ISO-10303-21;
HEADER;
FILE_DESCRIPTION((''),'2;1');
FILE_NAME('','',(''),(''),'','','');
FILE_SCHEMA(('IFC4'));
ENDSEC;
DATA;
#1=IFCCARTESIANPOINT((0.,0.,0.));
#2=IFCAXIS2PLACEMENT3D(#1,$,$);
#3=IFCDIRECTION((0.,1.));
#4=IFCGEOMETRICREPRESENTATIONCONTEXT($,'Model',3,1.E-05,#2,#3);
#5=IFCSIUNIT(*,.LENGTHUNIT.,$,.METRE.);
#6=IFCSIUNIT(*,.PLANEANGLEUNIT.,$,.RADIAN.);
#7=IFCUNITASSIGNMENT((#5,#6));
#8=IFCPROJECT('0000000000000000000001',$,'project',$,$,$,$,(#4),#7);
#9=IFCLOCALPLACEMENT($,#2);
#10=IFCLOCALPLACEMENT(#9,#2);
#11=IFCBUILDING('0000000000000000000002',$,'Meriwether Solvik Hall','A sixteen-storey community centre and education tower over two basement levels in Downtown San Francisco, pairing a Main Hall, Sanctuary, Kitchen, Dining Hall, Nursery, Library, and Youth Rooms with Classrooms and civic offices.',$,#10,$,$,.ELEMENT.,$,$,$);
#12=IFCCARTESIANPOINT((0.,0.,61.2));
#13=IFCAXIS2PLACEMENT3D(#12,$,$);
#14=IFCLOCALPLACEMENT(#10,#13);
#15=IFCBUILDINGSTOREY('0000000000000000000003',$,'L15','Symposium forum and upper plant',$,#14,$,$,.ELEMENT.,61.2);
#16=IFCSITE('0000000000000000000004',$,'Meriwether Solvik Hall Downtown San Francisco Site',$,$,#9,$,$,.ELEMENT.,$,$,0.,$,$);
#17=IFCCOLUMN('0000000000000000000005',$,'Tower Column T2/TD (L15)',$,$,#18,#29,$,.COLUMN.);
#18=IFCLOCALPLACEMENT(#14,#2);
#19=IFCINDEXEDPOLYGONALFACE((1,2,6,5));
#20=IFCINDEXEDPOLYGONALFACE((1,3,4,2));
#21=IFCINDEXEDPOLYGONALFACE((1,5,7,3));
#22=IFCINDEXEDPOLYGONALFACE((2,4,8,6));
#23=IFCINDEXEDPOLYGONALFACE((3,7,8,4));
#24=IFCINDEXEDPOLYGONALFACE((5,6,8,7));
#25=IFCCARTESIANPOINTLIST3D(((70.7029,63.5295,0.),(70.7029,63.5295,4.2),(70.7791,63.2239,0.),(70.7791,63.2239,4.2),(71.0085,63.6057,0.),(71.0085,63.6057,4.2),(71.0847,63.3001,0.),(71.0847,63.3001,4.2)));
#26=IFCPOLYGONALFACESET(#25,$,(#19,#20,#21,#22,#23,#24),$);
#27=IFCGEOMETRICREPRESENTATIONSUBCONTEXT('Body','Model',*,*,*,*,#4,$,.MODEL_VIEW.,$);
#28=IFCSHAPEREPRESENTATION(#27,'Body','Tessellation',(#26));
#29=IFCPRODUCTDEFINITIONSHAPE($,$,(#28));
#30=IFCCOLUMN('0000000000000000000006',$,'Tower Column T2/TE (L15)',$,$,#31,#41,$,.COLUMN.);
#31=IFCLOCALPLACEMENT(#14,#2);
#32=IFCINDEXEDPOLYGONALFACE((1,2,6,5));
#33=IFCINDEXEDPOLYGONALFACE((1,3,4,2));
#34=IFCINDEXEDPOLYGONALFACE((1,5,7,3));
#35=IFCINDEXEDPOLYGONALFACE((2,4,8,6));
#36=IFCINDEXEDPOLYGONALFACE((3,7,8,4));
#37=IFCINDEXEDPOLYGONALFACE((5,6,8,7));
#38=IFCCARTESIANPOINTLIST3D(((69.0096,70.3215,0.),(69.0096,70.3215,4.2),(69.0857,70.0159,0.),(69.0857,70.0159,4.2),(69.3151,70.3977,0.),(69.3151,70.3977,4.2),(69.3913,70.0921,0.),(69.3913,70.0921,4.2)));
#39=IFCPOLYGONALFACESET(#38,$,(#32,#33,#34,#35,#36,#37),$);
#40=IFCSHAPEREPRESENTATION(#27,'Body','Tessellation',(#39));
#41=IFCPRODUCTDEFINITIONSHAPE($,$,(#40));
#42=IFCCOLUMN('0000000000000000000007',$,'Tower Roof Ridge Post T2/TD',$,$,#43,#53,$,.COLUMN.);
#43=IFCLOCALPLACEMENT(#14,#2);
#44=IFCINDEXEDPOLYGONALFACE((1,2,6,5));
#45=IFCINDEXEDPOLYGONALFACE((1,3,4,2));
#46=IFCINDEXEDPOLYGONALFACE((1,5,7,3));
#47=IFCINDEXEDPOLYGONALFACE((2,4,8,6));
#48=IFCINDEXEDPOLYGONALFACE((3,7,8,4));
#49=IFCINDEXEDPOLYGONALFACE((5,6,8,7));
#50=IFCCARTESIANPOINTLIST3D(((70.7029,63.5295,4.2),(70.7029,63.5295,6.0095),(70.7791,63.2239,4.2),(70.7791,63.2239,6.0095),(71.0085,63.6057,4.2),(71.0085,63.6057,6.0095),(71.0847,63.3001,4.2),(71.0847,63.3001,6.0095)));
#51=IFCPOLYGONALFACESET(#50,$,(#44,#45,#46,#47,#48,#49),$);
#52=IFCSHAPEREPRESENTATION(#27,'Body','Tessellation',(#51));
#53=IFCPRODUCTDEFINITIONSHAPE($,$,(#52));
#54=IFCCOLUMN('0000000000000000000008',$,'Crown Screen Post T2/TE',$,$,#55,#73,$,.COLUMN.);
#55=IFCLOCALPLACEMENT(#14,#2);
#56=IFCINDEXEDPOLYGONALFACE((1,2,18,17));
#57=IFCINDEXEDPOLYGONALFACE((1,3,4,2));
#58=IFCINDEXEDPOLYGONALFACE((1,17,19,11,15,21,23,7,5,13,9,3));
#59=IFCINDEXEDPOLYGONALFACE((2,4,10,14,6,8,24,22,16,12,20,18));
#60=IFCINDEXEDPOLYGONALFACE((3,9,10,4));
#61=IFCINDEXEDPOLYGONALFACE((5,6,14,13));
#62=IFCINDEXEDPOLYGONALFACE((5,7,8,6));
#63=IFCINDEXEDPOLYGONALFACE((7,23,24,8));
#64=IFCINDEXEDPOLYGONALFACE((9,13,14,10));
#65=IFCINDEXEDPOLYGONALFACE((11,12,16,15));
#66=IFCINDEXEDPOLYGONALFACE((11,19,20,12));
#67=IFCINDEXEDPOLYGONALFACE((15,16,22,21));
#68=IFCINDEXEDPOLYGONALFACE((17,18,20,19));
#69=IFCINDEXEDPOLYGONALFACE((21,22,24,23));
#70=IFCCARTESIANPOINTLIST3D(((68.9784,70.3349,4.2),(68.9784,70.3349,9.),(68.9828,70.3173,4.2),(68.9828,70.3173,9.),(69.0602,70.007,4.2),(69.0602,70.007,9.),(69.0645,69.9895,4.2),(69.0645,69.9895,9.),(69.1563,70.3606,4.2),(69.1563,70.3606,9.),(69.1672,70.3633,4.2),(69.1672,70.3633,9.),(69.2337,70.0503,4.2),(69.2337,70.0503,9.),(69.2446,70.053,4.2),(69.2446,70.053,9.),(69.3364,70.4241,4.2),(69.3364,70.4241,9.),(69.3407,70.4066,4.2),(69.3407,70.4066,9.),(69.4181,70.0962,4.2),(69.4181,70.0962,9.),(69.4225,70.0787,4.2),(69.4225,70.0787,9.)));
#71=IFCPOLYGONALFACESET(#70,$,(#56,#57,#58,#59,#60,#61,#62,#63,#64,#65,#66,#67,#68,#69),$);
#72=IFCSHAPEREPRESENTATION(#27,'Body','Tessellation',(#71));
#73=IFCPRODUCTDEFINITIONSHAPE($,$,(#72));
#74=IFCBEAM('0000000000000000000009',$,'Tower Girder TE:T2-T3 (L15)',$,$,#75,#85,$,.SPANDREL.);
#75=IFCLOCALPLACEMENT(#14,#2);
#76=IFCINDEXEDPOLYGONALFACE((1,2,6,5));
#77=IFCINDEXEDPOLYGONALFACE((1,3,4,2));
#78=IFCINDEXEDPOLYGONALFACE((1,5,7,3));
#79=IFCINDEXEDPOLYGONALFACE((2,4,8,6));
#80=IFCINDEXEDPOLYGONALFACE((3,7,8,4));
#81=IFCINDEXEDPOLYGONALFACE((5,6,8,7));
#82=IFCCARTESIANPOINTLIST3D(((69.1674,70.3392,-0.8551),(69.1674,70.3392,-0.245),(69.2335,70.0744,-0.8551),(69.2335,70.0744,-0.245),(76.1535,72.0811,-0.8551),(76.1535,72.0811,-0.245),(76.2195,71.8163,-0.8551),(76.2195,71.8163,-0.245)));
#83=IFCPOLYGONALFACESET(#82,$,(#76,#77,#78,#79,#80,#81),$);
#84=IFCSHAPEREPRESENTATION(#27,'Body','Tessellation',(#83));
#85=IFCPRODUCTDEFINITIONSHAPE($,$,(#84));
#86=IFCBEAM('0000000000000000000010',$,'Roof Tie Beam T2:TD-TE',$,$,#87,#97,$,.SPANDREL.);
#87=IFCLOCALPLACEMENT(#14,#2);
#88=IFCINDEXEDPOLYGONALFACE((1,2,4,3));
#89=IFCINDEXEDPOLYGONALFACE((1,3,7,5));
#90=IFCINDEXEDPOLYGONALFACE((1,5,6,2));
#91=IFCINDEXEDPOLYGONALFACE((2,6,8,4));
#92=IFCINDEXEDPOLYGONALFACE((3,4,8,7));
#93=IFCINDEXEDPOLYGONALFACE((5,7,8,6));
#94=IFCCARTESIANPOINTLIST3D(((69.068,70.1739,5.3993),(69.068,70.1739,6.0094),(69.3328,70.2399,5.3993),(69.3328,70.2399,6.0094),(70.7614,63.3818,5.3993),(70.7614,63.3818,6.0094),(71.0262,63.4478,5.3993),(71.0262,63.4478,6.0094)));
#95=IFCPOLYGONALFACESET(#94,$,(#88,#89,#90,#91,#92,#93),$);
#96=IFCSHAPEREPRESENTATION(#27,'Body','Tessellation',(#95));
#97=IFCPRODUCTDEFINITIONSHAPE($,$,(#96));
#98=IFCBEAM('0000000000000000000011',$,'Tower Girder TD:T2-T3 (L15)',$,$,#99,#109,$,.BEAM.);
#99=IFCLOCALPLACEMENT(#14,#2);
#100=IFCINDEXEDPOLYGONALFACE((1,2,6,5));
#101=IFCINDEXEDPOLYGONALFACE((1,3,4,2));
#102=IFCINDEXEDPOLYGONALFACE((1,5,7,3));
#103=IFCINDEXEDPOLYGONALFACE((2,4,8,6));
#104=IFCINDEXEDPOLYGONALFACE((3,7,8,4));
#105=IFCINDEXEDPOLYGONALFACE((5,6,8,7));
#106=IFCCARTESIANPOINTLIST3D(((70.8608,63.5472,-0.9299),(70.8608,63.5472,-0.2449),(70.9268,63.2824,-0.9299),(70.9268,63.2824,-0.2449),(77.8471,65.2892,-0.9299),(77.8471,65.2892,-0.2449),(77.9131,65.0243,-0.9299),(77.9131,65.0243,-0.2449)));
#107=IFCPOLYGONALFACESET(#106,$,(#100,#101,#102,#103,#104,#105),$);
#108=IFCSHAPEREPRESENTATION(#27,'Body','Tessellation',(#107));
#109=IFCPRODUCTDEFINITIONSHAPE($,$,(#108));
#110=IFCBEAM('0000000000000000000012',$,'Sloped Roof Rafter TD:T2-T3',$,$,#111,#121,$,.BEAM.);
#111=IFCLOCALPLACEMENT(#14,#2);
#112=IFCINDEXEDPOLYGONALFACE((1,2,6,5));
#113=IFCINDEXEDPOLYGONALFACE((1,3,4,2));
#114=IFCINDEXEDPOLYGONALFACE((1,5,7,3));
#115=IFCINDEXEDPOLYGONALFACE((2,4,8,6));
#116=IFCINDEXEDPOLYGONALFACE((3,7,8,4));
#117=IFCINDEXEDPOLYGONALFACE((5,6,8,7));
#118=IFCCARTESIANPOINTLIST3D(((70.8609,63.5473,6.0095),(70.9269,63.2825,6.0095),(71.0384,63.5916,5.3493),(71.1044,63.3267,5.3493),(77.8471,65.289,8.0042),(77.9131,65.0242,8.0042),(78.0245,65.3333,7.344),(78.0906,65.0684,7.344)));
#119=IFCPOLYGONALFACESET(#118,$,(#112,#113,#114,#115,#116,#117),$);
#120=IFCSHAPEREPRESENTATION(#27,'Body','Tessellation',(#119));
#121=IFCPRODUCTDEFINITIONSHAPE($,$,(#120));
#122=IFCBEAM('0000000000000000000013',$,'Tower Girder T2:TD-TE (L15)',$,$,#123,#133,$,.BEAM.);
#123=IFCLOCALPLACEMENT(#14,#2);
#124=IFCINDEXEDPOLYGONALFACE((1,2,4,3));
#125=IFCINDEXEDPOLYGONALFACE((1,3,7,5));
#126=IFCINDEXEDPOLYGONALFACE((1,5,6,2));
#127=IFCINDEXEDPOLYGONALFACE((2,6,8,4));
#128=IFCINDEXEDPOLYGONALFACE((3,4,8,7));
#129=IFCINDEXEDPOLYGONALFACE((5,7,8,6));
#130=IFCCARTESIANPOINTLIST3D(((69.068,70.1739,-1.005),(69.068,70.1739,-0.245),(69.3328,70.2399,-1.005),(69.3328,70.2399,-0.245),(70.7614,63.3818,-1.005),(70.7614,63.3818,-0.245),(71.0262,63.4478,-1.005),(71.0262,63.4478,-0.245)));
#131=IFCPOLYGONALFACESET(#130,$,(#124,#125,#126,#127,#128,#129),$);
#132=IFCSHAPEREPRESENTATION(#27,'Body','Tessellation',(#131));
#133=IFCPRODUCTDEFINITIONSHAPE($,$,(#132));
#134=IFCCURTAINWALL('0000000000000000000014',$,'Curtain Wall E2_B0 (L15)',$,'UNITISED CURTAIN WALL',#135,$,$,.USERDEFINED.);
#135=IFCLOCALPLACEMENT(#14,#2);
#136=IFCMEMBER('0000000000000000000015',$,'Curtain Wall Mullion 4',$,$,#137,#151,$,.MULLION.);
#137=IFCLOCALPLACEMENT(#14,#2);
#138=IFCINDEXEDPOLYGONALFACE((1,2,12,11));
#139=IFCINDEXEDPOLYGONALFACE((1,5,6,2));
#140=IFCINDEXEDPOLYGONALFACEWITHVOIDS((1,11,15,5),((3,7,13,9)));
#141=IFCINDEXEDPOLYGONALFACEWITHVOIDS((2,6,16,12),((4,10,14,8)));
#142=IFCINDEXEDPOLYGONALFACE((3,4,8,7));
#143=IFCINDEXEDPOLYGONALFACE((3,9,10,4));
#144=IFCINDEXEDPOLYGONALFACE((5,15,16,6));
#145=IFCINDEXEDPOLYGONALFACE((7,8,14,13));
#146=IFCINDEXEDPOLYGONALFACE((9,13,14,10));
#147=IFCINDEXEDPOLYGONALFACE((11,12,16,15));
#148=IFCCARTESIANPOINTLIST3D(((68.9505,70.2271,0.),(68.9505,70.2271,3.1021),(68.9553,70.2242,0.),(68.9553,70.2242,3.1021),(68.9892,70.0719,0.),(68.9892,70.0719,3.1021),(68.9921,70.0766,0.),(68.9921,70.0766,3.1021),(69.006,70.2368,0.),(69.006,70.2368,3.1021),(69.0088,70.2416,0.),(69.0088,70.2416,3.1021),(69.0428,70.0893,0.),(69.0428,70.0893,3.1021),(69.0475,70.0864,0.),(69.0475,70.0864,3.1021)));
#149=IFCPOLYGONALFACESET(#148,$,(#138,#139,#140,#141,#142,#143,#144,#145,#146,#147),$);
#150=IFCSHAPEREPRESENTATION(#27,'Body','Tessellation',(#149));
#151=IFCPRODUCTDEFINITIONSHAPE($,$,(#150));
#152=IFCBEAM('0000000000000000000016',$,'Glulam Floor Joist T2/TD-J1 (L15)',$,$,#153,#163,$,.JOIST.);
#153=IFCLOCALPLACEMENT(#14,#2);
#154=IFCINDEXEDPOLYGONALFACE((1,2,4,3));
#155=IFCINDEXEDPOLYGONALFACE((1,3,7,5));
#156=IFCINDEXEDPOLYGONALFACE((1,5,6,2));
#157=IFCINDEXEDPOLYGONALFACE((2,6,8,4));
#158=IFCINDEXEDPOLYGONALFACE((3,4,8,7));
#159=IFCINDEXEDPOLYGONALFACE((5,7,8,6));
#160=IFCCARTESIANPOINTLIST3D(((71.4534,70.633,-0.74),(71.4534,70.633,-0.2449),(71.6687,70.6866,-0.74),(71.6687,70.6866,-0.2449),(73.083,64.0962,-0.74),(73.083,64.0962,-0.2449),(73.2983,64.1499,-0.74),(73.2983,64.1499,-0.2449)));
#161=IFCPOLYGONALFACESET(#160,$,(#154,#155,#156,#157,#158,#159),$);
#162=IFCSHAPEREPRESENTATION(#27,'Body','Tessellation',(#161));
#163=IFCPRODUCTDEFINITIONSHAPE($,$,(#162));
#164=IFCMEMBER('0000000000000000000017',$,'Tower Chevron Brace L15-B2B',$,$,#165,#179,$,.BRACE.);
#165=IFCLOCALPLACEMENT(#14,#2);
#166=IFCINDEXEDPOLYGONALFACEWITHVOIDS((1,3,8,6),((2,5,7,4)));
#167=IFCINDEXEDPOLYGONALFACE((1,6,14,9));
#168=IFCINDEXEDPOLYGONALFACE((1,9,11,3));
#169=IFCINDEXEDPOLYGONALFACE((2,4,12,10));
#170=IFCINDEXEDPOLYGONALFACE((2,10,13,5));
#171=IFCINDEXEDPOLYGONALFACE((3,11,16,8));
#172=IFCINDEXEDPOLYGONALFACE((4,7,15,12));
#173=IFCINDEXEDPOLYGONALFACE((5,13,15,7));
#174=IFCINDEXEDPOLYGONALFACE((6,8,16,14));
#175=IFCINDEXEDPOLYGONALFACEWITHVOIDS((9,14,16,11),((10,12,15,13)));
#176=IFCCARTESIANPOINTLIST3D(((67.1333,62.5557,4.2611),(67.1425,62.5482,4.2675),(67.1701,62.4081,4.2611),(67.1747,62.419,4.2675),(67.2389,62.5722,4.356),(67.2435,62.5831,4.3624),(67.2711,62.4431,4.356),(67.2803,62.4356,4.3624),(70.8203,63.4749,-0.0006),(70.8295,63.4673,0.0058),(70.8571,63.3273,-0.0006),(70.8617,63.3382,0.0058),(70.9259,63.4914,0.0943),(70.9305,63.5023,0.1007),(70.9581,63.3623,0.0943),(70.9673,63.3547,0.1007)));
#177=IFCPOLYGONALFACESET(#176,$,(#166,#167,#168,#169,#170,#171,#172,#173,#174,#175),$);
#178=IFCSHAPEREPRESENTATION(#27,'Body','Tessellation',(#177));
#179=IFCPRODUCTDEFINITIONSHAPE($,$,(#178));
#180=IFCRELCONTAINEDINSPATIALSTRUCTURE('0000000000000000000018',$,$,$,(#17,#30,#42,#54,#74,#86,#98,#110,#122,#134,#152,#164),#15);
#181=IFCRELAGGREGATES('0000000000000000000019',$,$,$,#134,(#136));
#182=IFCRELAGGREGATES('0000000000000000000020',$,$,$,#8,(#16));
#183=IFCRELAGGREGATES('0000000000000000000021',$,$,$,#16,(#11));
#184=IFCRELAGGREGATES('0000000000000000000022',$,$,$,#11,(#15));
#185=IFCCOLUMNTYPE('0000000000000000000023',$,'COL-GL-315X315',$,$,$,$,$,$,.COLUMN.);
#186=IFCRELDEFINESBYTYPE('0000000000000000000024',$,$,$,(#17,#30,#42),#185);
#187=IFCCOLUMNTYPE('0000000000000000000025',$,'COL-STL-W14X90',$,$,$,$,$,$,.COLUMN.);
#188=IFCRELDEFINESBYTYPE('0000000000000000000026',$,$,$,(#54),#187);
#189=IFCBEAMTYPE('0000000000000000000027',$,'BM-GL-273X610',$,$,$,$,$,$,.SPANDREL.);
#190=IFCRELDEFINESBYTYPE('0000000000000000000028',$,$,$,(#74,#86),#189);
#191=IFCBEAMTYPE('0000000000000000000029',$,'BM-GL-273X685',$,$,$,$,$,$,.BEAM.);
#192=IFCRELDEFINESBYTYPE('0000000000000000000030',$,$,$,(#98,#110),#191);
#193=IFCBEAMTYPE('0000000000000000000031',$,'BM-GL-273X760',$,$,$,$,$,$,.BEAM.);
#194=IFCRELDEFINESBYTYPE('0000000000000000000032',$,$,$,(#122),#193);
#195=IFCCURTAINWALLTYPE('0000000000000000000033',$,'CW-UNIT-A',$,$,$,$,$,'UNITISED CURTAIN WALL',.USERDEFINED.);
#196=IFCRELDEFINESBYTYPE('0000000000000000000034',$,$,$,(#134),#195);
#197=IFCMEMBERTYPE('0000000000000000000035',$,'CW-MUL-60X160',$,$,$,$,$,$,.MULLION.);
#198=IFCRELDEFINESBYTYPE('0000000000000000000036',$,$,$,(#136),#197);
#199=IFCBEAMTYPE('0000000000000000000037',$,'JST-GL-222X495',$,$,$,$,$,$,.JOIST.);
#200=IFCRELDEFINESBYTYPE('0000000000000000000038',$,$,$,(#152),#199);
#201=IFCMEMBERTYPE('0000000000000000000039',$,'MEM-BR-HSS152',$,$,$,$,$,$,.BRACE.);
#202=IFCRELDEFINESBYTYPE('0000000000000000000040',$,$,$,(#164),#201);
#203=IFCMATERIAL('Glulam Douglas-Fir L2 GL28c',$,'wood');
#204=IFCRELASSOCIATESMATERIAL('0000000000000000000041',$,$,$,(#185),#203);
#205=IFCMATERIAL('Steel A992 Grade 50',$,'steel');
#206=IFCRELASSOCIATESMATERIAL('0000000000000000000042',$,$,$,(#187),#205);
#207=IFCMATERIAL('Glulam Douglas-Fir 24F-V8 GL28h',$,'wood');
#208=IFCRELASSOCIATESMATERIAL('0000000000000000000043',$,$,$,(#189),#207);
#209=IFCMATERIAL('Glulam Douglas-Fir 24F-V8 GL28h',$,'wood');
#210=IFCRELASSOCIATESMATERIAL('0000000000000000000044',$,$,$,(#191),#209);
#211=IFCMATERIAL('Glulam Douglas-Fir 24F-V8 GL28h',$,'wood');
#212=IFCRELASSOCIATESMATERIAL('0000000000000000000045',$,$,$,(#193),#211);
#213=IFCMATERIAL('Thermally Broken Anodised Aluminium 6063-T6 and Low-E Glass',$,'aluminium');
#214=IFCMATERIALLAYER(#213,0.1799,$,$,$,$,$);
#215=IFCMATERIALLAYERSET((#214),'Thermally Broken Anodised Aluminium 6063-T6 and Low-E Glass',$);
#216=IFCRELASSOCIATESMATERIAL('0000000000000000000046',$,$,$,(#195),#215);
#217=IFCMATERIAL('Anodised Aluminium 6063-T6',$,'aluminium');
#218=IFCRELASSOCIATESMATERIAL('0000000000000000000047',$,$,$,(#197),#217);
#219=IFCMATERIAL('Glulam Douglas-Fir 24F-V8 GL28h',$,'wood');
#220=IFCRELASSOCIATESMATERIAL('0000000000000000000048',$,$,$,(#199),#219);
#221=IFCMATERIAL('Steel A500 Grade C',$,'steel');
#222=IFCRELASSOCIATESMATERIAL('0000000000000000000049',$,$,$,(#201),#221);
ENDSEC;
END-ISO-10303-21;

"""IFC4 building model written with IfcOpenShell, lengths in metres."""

from ifc_helpers import new_model, si_unit, direction, frame, origin, origin_2d, place, context, subcontext, project, spatial, rectangle, hollow_rectangle, i_section, extrude, material, layer, layer_set, material_profile, profile_set, type_object, element, aggregate, save


model = new_model("IFC4")

# Units and contexts
model_context = context("Model", 3, precision=1e-05, world=origin(), true_north=direction((0.0, 1.0)))
body_context = subcontext(model_context, "Body", "Model", "MODEL_VIEW")
ifc_project = project(units=[si_unit("LENGTHUNIT", "METRE"), si_unit("PLANEANGLEUNIT", "RADIAN")], contexts=[model_context])

# Site, building, storey
site_placement = place(None, origin())
site = spatial("IfcSite", under=ifc_project, at=site_placement, Name="Meriwether Solvik Hall Downtown San Francisco Site", CompositionType="ELEMENT", RefElevation=0.0)
building_placement = place(site_placement, origin())
building = spatial("IfcBuilding", under=site, at=building_placement, Name="Meriwether Solvik Hall", Description="A sixteen-storey community centre and education tower over two basement levels in Downtown San Francisco, pairing a Main Hall, Sanctuary, Kitchen, Dining Hall, Nursery, Library, and Youth Rooms with Classrooms and civic offices.", CompositionType="ELEMENT")
storey_placement = place(building_placement, frame((0.0, 0.0, 61.2)))
storey = spatial("IfcBuildingStorey", under=building, at=storey_placement, Name="L15", Description="Symposium forum and upper plant", CompositionType="ELEMENT", Elevation=61.2)

# Columns
ifc_material_1 = material(Name="Glulam Douglas-Fir L2 GL28c", Category="wood")
ifc_material_profile_1 = material_profile(ifc_material_1, rectangle(XDim=0.3149, YDim=0.3149, at=origin_2d()), Name="GLC-315X315")
ifc_profile_set_1 = profile_set([ifc_material_profile_1], Name="Glulam Douglas-Fir L2 GL28c")
column_type_1 = type_object("IfcColumnType", Name="COL-GL-315X315", PredefinedType="COLUMN", material=ifc_profile_set_1)
for number, where, z_axis, x_axis, name in (
    (1, (70.8938, 63.4148, 0.0), (0.0, 0.0, 1.0), (0.970296, 0.241922, 0.0), "Tower Column T2/TD (L15)"),
    (2, (69.2004, 70.2068, 0.0), (0.0, 0.0, 1.0), (0.970296, 0.241922, 0.0), "Tower Column T2/TE (L15)"),
):
    element("IfcColumn", number, at=place(storey_placement, frame(where, z_axis=z_axis, x_axis=x_axis)), inside=storey, type_object=column_type_1, Name=name, PredefinedType="COLUMN", context=body_context, shape_type="SweptSolid", body=[
        extrude(rectangle(XDim=0.3149, YDim=0.3149, at=origin_2d()), origin(), (0.0, 0.0, 1.0), 4.2),
    ])
column_1_placement = place(storey_placement, frame((70.8938, 63.4148, 4.2), z_axis=(0.0, 0.0, 1.0), x_axis=(0.970296, 0.241922, 0.0)))
element("IfcColumn", 3, at=column_1_placement, inside=storey, type_object=column_type_1, Name="Tower Roof Ridge Post T2/TD", PredefinedType="COLUMN", context=body_context, shape_type="SweptSolid", body=[
    extrude(rectangle(XDim=0.3149, YDim=0.3149, at=origin_2d()), origin(), (0.0, 0.0, 1.0), 1.8096),
])
ifc_material_2 = material(Name="Steel A992 Grade 50", Category="steel")
ifc_material_profile_2 = material_profile(ifc_material_2, i_section(OverallWidth=0.3689, OverallDepth=0.356, WebThickness=0.0112, FlangeThickness=0.0181, at=origin_2d()), Name="W14X90")
ifc_profile_set_2 = profile_set([ifc_material_profile_2], Name="Steel A992 Grade 50")
column_type_2 = type_object("IfcColumnType", Name="COL-STL-W14X90", PredefinedType="COLUMN", material=ifc_profile_set_2)
column_2_placement = place(storey_placement, frame((69.2004, 70.2068, 4.2), z_axis=(0.0, 0.0, 1.0), x_axis=(0.970296, 0.241922, 0.0)))
element("IfcColumn", 4, at=column_2_placement, inside=storey, type_object=column_type_2, Name="Crown Screen Post T2/TE", PredefinedType="COLUMN", context=body_context, shape_type="SweptSolid", body=[
    extrude(i_section(OverallWidth=0.3689, OverallDepth=0.356, WebThickness=0.0112, FlangeThickness=0.0181, at=origin_2d()), origin(), (0.0, 0.0, 1.0), 4.8),
])

# Beams
ifc_material_3 = material(Name="Glulam Douglas-Fir 24F-V8 GL28h", Category="wood")
ifc_material_profile_3 = material_profile(ifc_material_3, rectangle(XDim=0.2729, YDim=0.6101, at=origin_2d()), Name="GLB-273X610")
ifc_profile_set_3 = profile_set([ifc_material_profile_3], Name="Glulam Douglas-Fir 24F-V8 GL28h")
beam_type_1 = type_object("IfcBeamType", Name="BM-GL-273X610", PredefinedType="SPANDREL", material=ifc_profile_set_3)
beam_1_placement = place(storey_placement, frame((69.2004, 70.2068, -0.55), z_axis=(0.970292, 0.241937, 0.0), x_axis=(-0.241937, 0.970292, 0.0)))
element("IfcBeam", 5, at=beam_1_placement, inside=storey, type_object=beam_type_1, Name="Tower Girder TE:T2-T3 (L15)", PredefinedType="SPANDREL", context=body_context, shape_type="SweptSolid", body=[
    extrude(rectangle(XDim=0.2729, YDim=0.6101, at=origin_2d()), origin(), (0.0, 0.0, 1.0), 7.2),
])
beam_2_placement = place(storey_placement, frame((70.8938, 63.4148, 5.7043), z_axis=(-0.241912, 0.970298, 0.0), x_axis=(-0.970298, -0.241912, 0.0)))
element("IfcBeam", 6, at=beam_2_placement, inside=storey, type_object=beam_type_1, Name="Roof Tie Beam T2:TD-TE", PredefinedType="SPANDREL", context=body_context, shape_type="SweptSolid", body=[
    extrude(rectangle(XDim=0.2729, YDim=0.6101, at=origin_2d()), origin(), (0.0, 0.0, 1.0), 7.0),
])
ifc_material_4 = material(Name="Glulam Douglas-Fir 24F-V8 GL28h", Category="wood")
ifc_material_profile_4 = material_profile(ifc_material_4, rectangle(XDim=0.2729, YDim=0.6851, at=origin_2d()), Name="GLB-273X685")
ifc_profile_set_4 = profile_set([ifc_material_profile_4], Name="Glulam Douglas-Fir 24F-V8 GL28h")
beam_type_2 = type_object("IfcBeamType", Name="BM-GL-273X685", PredefinedType="BEAM", material=ifc_profile_set_4)
beam_3_placement = place(storey_placement, frame((70.8938, 63.4148, -0.5874), z_axis=(0.970294, 0.241929, 0.0), x_axis=(-0.241929, 0.970294, 0.0)))
element("IfcBeam", 7, at=beam_3_placement, inside=storey, type_object=beam_type_2, Name="Tower Girder TD:T2-T3 (L15)", PredefinedType="BEAM", context=body_context, shape_type="SweptSolid", body=[
    extrude(rectangle(XDim=0.2729, YDim=0.6851, at=origin_2d()), origin(), (0.0, 0.0, 1.0), 7.2002),
])
beam_4_placement = place(storey_placement, frame((70.9827, 63.437, 5.6794), z_axis=(0.93508, 0.233125, 0.266979), x_axis=(-0.241905, 0.9703, 0.0)))
element("IfcBeam", 8, at=beam_4_placement, inside=storey, type_object=beam_type_2, Name="Sloped Roof Rafter TD:T2-T3", PredefinedType="BEAM", context=body_context, shape_type="SweptSolid", body=[
    extrude(rectangle(XDim=0.2729, YDim=0.6851, at=origin_2d()), origin(), (0.0, 0.0, 1.0), 7.4712),
])
ifc_material_5 = material(Name="Glulam Douglas-Fir 24F-V8 GL28h", Category="wood")
ifc_material_profile_5 = material_profile(ifc_material_5, rectangle(XDim=0.2729, YDim=0.76, at=origin_2d()), Name="GLB-273X760")
ifc_profile_set_5 = profile_set([ifc_material_profile_5], Name="Glulam Douglas-Fir 24F-V8 GL28h")
beam_type_3 = type_object("IfcBeamType", Name="BM-GL-273X760", PredefinedType="BEAM", material=ifc_profile_set_5)
beam_5_placement = place(storey_placement, frame((70.8938, 63.4148, -0.625), z_axis=(-0.241912, 0.970298, 0.0), x_axis=(-0.970298, -0.241912, 0.0)))
element("IfcBeam", 9, at=beam_5_placement, inside=storey, type_object=beam_type_3, Name="Tower Girder T2:TD-TE (L15)", PredefinedType="BEAM", context=body_context, shape_type="SweptSolid", body=[
    extrude(rectangle(XDim=0.2729, YDim=0.76, at=origin_2d()), origin(), (0.0, 0.0, 1.0), 7.0),
])

# Curtain wall, member
ifc_material_6 = material(Name="Thermally Broken Anodised Aluminium 6063-T6 and Low-E Glass", Category="aluminium")
ifc_layer_1 = layer(ifc_material_6, 0.1799)
ifc_layer_set_1 = layer_set([ifc_layer_1], Name="Thermally Broken Anodised Aluminium 6063-T6 and Low-E Glass")
curtain_wall_type = type_object("IfcCurtainWallType", Name="CW-UNIT-A", ElementType="UNITISED CURTAIN WALL", PredefinedType="USERDEFINED", material=ifc_layer_set_1)
curtain_wall_placement = place(storey_placement, origin())
curtain_wall = element("IfcCurtainWall", 10, at=curtain_wall_placement, inside=storey, type_object=curtain_wall_type, Name="Curtain Wall E2_B0 (L15)", ObjectType="UNITISED CURTAIN WALL", PredefinedType="USERDEFINED")
ifc_material_7 = material(Name="Anodised Aluminium 6063-T6", Category="aluminium")
ifc_material_profile_6 = material_profile(ifc_material_7, hollow_rectangle(XDim=0.0601, YDim=0.1599, WallThickness=0.0039, at=origin_2d()), Name="CWM-60X160")
ifc_profile_set_6 = profile_set([ifc_material_profile_6], Name="Anodised Aluminium 6063-T6")
member_type_1 = type_object("IfcMemberType", Name="CW-MUL-60X160", PredefinedType="MULLION", material=ifc_profile_set_6)
member_1_placement = place(storey_placement, frame((68.999, 70.1567, 0.0), z_axis=(0.0, 0.0, 1.0), x_axis=(0.970296, 0.241922, 0.0)))
member_1 = element("IfcMember", 11, at=member_1_placement, type_object=member_type_1, Name="Curtain Wall Mullion 4", PredefinedType="MULLION", context=body_context, shape_type="SweptSolid", body=[
    extrude(hollow_rectangle(XDim=0.0601, YDim=0.1599, WallThickness=0.0039, at=origin_2d()), origin(), (0.0, 0.0, 1.0), 3.1021),
])
aggregate(curtain_wall, [member_1])

# Beam
ifc_material_8 = material(Name="Glulam Douglas-Fir 24F-V8 GL28h", Category="wood")
ifc_material_profile_7 = material_profile(ifc_material_8, rectangle(XDim=0.2219, YDim=0.4951, at=origin_2d()), Name="GLJ-222X495")
ifc_profile_set_7 = profile_set([ifc_material_profile_7], Name="Glulam Douglas-Fir 24F-V8 GL28h")
beam_type_4 = type_object("IfcBeamType", Name="JST-GL-222X495", PredefinedType="JOIST", material=ifc_profile_set_7)
beam_6_placement = place(storey_placement, frame((73.1907, 64.123, -0.4924), z_axis=(-0.241896, 0.970302, 0.0), x_axis=(-0.970302, -0.241896, 0.0)))
element("IfcBeam", 12, at=beam_6_placement, inside=storey, type_object=beam_type_4, Name="Glulam Floor Joist T2/TD-J1 (L15)", PredefinedType="JOIST", context=body_context, shape_type="SweptSolid", body=[
    extrude(rectangle(XDim=0.2219, YDim=0.4951, at=origin_2d()), origin(), (0.0, 0.0, 1.0), 6.7368),
])

# Member
ifc_material_9 = material(Name="Steel A500 Grade C", Category="steel")
ifc_material_profile_8 = material_profile(ifc_material_9, hollow_rectangle(XDim=0.1521, YDim=0.1521, WallThickness=0.0095, at=origin_2d()), Name="HSS152X152X9.5")
ifc_profile_set_8 = profile_set([ifc_material_profile_8], Name="Steel A500 Grade C")
member_type_2 = type_object("IfcMemberType", Name="MEM-BR-HSS152", PredefinedType="BRACE", material=ifc_profile_set_8)
member_2_placement = place(storey_placement, frame((70.8938, 63.4148, 0.05), z_axis=(-0.64574, -0.160986, 0.746394), x_axis=(0.241901, -0.970301, 0.0)))
element("IfcMember", 13, at=member_2_placement, inside=storey, type_object=member_type_2, Name="Tower Chevron Brace L15-B2B", PredefinedType="BRACE", context=body_context, shape_type="SweptSolid", body=[
    extrude(hollow_rectangle(XDim=0.1521, YDim=0.1521, WallThickness=0.0095, at=origin_2d()), origin(), (0.0, 0.0, 1.0), 5.7097),
])

save(model, "model.ifc")
